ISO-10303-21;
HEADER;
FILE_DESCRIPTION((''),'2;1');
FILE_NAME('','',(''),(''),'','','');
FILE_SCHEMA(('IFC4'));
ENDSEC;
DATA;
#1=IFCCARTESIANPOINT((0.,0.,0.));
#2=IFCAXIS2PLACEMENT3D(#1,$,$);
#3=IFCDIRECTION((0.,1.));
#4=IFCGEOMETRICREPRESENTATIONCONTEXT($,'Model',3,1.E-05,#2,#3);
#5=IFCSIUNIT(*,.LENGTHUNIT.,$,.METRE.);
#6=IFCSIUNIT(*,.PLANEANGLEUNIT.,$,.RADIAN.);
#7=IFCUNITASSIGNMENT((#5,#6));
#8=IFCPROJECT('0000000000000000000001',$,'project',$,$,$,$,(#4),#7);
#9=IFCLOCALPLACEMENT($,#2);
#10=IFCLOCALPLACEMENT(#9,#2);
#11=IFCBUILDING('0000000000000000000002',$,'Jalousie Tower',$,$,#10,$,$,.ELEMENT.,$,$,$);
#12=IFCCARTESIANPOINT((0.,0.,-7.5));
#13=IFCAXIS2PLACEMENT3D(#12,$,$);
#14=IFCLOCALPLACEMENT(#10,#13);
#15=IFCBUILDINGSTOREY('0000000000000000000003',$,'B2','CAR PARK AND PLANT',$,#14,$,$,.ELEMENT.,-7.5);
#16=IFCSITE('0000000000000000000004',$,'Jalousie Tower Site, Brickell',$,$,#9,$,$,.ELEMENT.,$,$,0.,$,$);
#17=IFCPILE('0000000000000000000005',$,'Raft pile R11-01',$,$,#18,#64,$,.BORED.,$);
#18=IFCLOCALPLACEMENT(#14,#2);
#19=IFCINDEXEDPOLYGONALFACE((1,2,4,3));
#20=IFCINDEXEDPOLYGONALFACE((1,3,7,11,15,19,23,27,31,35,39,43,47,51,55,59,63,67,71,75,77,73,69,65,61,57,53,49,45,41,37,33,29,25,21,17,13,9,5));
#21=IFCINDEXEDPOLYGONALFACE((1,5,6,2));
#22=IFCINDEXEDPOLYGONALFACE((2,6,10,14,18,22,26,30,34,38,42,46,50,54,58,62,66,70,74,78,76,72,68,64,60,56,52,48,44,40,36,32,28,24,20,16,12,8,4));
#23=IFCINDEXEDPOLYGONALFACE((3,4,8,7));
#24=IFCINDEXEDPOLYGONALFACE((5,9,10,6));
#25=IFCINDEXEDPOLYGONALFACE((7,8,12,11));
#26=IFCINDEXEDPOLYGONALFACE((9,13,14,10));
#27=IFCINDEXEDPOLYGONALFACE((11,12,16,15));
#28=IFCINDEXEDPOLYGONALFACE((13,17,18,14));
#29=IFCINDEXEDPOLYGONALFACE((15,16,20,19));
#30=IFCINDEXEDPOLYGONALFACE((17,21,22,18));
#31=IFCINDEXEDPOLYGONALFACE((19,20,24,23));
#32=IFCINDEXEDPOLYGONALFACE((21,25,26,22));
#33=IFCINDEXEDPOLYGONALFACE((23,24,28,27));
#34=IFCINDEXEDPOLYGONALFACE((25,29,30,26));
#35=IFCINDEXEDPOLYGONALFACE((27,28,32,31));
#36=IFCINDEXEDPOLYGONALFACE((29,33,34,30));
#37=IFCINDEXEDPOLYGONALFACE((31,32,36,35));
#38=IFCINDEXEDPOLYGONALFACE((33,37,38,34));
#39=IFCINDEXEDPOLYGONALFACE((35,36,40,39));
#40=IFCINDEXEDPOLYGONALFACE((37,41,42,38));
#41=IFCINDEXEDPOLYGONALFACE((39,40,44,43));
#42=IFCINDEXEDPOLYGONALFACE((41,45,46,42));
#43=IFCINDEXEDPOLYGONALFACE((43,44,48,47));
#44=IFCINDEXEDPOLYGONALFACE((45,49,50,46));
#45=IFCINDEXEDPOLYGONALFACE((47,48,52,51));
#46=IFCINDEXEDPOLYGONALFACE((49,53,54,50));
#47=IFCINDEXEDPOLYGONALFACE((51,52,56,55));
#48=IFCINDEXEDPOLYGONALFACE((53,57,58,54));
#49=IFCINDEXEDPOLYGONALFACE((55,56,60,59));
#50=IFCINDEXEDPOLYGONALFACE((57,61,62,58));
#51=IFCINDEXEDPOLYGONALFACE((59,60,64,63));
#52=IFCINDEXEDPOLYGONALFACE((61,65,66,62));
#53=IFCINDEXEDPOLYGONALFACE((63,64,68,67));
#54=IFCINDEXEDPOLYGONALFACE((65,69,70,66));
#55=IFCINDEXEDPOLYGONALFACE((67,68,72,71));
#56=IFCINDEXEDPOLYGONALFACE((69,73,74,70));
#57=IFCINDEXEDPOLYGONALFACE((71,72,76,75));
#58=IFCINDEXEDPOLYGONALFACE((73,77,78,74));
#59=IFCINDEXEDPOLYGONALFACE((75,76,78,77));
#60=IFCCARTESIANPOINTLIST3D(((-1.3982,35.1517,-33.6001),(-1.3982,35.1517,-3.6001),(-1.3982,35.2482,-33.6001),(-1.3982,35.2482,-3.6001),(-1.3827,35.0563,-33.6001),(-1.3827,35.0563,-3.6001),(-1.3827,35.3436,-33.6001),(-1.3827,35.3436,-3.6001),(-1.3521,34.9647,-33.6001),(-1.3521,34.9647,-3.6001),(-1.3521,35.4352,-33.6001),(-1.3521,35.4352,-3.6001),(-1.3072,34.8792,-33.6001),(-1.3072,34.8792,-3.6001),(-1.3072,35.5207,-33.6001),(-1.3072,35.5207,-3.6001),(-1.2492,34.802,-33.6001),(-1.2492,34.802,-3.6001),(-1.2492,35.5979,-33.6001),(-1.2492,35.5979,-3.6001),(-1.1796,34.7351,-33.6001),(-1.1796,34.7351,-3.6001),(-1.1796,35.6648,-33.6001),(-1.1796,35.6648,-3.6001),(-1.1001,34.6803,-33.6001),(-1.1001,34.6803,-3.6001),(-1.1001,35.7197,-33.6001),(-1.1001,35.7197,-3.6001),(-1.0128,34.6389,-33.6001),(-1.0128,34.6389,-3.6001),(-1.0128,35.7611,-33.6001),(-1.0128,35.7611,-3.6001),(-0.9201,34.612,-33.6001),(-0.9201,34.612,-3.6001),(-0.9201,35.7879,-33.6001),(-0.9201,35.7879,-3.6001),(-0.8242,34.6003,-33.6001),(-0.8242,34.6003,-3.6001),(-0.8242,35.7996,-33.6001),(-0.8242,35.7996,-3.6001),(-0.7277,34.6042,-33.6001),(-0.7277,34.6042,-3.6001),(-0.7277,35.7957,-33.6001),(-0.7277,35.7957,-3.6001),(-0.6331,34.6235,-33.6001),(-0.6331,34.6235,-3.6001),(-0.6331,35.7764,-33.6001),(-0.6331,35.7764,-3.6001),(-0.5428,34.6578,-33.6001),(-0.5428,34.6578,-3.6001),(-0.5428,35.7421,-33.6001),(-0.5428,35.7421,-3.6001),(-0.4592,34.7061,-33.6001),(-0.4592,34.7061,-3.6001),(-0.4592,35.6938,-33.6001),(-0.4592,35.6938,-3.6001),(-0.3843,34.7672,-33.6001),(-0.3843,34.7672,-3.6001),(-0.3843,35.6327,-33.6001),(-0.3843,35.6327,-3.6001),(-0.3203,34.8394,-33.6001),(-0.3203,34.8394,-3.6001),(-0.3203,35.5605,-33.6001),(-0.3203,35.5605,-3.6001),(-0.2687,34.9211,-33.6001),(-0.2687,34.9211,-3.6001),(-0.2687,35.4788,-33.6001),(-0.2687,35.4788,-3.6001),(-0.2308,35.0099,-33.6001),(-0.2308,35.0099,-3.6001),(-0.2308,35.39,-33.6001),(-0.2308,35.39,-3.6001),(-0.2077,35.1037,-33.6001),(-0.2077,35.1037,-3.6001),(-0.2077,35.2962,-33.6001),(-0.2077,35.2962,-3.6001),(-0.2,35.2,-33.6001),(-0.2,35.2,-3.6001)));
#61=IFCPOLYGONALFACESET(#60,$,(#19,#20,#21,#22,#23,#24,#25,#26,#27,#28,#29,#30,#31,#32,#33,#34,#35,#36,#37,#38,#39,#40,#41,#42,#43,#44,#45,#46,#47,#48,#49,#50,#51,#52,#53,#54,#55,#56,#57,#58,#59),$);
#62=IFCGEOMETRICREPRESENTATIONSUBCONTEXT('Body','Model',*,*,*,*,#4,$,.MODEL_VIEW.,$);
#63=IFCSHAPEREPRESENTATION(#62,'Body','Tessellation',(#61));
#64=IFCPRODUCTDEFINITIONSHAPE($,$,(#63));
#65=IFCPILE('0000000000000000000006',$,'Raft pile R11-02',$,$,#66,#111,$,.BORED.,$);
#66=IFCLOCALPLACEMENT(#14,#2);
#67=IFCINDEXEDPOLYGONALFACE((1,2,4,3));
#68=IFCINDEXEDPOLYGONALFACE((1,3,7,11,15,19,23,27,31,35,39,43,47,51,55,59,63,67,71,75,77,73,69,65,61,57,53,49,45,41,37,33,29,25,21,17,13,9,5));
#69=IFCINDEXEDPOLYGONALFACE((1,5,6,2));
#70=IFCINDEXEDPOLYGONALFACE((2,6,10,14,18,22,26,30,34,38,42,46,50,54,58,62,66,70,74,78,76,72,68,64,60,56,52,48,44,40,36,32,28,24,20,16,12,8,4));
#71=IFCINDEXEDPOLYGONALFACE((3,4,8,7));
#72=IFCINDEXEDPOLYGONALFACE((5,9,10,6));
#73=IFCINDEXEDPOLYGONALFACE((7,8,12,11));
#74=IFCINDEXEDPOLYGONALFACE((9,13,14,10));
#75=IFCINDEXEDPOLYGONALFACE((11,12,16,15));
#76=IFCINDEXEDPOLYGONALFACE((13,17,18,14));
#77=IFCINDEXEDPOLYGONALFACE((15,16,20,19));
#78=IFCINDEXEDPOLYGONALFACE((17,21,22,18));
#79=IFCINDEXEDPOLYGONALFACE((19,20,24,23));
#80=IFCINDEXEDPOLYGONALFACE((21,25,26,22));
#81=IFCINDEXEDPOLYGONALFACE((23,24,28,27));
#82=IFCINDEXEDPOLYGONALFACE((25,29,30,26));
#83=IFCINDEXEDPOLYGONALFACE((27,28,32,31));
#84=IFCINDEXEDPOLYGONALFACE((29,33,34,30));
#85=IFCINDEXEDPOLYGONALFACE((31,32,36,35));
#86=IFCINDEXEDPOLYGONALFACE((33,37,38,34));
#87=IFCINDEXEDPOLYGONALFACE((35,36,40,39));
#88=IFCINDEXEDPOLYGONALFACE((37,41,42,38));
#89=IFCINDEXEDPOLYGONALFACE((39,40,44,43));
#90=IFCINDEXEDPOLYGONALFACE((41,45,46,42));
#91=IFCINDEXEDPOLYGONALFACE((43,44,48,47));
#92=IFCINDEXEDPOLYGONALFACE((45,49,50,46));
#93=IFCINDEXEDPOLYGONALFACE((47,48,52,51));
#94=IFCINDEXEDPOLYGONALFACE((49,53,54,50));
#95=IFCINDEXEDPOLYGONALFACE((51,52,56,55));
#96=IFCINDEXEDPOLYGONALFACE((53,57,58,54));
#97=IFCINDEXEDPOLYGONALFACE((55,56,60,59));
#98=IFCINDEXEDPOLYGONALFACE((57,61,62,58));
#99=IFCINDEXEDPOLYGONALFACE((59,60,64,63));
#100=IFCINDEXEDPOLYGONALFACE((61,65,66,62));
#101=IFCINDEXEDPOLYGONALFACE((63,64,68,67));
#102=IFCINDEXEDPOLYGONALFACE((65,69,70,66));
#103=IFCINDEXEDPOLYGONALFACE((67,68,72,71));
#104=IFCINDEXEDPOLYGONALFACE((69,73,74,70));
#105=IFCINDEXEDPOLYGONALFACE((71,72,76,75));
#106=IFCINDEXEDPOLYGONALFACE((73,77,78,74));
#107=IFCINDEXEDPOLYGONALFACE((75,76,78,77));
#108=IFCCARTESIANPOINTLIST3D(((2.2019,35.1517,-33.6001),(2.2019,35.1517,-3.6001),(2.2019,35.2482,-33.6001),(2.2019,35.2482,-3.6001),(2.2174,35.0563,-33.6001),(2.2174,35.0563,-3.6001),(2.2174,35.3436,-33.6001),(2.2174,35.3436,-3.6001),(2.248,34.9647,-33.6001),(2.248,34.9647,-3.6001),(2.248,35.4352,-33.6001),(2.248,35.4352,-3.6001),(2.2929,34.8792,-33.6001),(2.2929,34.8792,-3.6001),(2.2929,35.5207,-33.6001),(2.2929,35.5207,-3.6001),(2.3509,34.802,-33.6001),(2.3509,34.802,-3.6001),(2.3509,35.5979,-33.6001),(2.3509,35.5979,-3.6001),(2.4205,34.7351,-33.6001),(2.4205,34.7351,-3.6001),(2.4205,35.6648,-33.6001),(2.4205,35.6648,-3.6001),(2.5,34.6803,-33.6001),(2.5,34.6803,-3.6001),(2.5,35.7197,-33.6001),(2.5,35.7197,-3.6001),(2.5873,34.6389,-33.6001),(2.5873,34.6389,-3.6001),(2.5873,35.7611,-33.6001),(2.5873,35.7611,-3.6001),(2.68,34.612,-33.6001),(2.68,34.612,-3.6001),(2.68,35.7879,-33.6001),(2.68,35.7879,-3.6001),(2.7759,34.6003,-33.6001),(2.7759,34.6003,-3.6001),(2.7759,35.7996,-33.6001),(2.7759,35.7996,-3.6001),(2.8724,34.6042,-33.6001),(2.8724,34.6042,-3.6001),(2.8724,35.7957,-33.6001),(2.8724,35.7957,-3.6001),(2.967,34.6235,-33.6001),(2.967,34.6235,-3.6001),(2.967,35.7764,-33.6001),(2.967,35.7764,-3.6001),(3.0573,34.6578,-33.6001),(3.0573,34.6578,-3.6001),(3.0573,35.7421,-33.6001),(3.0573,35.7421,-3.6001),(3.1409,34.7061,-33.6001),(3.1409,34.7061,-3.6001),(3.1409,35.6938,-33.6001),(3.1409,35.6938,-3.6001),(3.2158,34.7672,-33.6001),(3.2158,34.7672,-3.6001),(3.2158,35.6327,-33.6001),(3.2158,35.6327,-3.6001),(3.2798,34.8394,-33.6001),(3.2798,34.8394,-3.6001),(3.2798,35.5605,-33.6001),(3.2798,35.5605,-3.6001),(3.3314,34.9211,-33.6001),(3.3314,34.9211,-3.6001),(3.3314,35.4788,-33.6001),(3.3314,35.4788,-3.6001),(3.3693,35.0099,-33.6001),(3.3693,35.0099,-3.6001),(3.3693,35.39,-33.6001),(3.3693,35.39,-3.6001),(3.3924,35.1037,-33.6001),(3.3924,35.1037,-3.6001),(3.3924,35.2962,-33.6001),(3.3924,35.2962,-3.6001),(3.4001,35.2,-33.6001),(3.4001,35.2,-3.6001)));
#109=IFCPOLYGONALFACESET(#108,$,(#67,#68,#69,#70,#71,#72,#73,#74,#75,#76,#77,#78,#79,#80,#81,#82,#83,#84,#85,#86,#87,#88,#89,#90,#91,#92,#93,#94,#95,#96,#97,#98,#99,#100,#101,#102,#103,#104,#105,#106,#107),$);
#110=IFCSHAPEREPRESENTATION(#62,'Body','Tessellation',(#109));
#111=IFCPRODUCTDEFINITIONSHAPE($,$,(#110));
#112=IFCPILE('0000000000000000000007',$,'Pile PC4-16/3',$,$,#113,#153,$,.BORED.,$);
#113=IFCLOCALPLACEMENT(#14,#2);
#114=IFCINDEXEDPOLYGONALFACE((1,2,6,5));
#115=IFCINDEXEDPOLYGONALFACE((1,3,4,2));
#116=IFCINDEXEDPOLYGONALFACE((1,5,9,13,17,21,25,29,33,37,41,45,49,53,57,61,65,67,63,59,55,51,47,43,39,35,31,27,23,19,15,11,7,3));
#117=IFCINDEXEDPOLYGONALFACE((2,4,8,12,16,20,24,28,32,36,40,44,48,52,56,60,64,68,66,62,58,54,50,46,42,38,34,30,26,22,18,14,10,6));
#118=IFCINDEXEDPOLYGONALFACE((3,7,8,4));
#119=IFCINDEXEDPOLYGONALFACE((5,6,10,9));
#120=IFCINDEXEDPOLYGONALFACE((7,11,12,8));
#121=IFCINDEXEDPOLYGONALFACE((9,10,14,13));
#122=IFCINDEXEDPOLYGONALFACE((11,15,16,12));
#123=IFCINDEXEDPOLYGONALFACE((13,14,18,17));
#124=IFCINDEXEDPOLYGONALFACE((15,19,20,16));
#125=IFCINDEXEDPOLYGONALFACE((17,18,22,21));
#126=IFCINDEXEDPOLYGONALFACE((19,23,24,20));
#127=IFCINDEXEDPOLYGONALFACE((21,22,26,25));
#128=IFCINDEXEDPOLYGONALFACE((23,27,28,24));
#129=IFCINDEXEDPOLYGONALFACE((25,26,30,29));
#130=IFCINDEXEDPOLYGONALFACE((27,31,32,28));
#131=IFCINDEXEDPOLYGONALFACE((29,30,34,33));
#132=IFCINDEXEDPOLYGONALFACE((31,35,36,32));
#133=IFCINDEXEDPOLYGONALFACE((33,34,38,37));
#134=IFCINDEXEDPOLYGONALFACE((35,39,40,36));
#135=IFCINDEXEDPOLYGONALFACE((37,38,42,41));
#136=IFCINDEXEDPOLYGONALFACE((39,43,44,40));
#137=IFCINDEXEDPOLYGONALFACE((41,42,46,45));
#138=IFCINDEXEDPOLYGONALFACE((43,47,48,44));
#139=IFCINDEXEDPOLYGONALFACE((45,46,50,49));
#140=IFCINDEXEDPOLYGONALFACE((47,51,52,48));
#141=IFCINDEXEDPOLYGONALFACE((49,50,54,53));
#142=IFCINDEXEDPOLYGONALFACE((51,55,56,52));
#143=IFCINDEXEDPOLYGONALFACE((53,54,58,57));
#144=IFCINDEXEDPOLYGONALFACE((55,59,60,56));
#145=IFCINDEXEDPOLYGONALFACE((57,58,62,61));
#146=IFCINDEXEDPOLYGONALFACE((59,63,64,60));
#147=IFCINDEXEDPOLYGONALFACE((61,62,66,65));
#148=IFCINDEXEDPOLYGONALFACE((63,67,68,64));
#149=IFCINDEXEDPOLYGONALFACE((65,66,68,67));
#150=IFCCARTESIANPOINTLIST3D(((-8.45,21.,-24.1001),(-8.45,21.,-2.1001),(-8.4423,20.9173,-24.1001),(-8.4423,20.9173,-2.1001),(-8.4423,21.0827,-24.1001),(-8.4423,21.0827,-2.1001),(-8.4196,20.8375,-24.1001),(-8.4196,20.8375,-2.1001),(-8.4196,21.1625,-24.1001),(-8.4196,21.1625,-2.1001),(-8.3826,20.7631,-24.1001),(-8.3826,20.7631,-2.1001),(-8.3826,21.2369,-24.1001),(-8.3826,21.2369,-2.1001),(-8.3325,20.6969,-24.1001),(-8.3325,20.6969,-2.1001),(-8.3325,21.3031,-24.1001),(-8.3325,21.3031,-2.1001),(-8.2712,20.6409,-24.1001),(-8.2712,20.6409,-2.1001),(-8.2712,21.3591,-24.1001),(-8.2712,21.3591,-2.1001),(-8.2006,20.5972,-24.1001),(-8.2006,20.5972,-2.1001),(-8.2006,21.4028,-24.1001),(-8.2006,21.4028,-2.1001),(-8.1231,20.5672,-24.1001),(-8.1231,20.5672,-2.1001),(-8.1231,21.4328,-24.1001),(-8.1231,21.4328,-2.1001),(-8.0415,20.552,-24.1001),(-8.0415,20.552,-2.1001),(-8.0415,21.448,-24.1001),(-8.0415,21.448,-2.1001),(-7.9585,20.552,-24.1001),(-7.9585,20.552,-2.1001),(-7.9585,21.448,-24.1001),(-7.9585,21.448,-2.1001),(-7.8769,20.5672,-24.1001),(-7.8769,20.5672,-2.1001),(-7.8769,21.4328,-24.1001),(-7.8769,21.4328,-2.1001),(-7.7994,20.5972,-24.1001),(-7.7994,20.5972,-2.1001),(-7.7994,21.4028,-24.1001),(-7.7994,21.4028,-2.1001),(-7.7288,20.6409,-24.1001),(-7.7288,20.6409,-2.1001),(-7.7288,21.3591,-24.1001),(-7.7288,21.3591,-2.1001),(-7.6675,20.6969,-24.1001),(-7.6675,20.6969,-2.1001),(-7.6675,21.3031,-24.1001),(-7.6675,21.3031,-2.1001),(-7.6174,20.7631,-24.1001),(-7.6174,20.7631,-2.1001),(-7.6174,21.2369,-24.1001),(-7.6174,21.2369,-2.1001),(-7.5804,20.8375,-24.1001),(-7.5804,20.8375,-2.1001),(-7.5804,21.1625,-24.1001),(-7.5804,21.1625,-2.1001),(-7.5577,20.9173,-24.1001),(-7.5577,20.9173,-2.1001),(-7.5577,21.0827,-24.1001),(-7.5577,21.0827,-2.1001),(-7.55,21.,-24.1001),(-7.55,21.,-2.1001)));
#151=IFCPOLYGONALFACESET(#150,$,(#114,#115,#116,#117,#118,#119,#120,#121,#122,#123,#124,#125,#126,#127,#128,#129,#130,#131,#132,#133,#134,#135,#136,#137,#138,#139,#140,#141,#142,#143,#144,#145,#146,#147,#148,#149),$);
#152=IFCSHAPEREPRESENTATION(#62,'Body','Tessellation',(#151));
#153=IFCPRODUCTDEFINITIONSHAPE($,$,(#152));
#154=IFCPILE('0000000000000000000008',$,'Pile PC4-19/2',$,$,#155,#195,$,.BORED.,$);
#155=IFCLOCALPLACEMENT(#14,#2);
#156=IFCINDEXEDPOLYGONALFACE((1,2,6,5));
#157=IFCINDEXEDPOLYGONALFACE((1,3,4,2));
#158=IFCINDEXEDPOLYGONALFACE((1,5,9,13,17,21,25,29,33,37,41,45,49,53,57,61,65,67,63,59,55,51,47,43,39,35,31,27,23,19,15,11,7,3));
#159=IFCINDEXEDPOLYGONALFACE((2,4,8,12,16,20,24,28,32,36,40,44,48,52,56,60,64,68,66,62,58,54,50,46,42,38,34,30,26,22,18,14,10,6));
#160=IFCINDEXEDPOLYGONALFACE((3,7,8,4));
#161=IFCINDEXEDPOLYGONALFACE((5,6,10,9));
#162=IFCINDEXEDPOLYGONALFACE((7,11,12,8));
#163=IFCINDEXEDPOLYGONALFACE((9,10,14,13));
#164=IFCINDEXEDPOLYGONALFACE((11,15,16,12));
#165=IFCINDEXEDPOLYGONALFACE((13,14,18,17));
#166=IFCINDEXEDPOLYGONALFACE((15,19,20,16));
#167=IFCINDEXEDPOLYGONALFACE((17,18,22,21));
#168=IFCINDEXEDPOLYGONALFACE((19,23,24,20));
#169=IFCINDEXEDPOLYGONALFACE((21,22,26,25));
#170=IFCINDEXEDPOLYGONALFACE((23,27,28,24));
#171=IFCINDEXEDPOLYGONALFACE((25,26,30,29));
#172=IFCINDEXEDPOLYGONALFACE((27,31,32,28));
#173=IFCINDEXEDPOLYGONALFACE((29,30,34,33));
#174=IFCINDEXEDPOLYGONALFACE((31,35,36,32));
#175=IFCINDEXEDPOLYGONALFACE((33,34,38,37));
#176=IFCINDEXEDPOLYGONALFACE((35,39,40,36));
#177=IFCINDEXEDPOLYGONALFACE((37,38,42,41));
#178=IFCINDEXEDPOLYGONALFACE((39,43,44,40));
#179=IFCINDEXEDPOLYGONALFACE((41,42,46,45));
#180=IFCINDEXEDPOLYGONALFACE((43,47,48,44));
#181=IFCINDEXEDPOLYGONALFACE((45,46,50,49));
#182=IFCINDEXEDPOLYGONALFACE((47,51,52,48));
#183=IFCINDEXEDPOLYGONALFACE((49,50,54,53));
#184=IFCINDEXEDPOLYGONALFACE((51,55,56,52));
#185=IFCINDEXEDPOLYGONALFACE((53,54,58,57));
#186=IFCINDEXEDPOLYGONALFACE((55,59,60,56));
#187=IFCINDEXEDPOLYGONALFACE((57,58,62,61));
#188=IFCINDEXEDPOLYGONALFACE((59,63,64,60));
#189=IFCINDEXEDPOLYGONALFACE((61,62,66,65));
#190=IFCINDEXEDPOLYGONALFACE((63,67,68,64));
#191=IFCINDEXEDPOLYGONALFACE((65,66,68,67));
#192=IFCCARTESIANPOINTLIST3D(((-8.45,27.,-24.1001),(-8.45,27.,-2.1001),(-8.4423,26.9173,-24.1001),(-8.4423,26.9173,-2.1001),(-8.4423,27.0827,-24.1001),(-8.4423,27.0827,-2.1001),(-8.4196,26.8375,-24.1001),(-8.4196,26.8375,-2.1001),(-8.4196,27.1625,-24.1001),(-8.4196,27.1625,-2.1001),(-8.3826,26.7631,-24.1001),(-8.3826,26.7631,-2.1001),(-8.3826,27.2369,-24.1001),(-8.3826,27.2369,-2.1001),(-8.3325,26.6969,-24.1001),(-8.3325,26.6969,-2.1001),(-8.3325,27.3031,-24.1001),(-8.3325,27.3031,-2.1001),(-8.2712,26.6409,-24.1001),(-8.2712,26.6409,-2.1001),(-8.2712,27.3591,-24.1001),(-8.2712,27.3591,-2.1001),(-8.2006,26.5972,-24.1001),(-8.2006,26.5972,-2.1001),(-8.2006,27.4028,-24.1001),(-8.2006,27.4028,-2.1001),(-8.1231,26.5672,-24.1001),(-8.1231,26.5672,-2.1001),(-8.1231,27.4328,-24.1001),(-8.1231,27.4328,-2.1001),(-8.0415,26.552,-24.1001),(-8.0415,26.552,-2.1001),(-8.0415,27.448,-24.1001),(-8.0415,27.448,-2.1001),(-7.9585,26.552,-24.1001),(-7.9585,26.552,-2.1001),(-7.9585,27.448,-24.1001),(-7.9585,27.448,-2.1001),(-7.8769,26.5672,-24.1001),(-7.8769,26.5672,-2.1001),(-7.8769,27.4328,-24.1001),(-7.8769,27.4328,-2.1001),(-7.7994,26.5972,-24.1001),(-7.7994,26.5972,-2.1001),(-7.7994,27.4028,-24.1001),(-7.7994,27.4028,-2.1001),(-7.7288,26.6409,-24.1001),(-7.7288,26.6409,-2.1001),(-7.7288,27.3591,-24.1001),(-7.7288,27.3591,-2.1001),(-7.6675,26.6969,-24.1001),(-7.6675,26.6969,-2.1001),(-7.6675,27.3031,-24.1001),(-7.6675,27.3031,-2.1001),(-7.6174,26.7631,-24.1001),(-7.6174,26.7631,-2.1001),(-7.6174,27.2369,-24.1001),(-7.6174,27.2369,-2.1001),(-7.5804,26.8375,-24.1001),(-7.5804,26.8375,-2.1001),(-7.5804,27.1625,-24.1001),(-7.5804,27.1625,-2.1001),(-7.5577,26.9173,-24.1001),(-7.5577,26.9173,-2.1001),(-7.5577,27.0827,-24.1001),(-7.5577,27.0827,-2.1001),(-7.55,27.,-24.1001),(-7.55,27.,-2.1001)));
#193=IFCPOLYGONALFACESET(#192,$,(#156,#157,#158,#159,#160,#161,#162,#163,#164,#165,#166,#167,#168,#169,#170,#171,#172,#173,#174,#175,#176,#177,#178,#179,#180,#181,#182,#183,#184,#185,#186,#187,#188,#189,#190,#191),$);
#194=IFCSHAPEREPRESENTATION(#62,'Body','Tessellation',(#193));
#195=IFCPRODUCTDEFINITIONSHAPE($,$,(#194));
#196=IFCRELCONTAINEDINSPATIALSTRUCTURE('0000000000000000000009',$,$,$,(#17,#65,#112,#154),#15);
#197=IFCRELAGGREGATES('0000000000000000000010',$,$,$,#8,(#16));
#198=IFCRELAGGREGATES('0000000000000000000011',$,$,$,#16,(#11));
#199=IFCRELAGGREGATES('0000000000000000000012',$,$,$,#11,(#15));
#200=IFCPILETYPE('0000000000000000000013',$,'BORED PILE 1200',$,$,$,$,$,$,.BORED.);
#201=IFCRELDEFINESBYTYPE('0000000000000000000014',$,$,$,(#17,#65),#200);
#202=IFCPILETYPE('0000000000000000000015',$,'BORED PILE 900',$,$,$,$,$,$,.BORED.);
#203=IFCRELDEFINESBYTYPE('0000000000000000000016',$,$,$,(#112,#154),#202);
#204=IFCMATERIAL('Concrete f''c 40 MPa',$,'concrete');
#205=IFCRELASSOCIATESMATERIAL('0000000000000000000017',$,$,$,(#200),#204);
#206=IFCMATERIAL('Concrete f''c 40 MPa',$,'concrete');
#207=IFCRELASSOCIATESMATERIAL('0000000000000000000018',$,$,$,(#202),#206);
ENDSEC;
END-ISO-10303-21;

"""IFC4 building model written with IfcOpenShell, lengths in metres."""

from ifc_helpers import new_model, si_unit, direction, frame, origin, origin_2d, place, context, subcontext, project, spatial, circle, extrude, material, material_profile, profile_set, type_object, element, save


model = new_model("IFC4")

# Units and contexts
model_context = context("Model", 3, precision=1e-05, world=origin(), true_north=direction((0.0, 1.0)))
body_context = subcontext(model_context, "Body", "Model", "MODEL_VIEW")
ifc_project = project(units=[si_unit("LENGTHUNIT", "METRE"), si_unit("PLANEANGLEUNIT", "RADIAN")], contexts=[model_context])

# Site, building, storey
site_placement = place(None, origin())
site = spatial("IfcSite", under=ifc_project, at=site_placement, Name="Jalousie Tower Site, Brickell", CompositionType="ELEMENT", RefElevation=0.0)
building_placement = place(site_placement, origin())
building = spatial("IfcBuilding", under=site, at=building_placement, Name="Jalousie Tower", CompositionType="ELEMENT")
storey_placement = place(building_placement, frame((0.0, 0.0, -7.5)))
storey = spatial("IfcBuildingStorey", under=building, at=storey_placement, Name="B2", Description="CAR PARK AND PLANT", CompositionType="ELEMENT", Elevation=-7.5)

# Piles
ifc_material_1 = material(Name="Concrete f'c 40 MPa", Category="concrete")
ifc_material_profile_1 = material_profile(ifc_material_1, circle(Radius=0.6001, at=origin_2d()), Name="BORED PILE D1200")
ifc_profile_set_1 = profile_set([ifc_material_profile_1], Name="Concrete f'c 40 MPa")
pile_type_1 = type_object("IfcPileType", Name="BORED PILE 1200", PredefinedType="BORED", material=ifc_profile_set_1)
for number, where, z_axis, x_axis, name in (
    (1, (-0.8, 35.2, -3.6001), (0.0, 0.0, -1.0), (1.0, 0.0, 0.0), "Raft pile R11-01"),
    (2, (2.8, 35.2, -3.6001), (0.0, 0.0, -1.0), (1.0, 0.0, 0.0), "Raft pile R11-02"),
):
    element("IfcPile", number, at=place(storey_placement, frame(where, z_axis=z_axis, x_axis=x_axis)), inside=storey, type_object=pile_type_1, Name=name, PredefinedType="BORED", context=body_context, shape_type="SweptSolid", body=[
        extrude(circle(Radius=0.6001, at=origin_2d()), origin(), (0.0, 0.0, 1.0), 30.0),
    ])
ifc_material_2 = material(Name="Concrete f'c 40 MPa", Category="concrete")
ifc_material_profile_2 = material_profile(ifc_material_2, circle(Radius=0.45, at=origin_2d()), Name="BORED PILE D900")
ifc_profile_set_2 = profile_set([ifc_material_profile_2], Name="Concrete f'c 40 MPa")
pile_type_2 = type_object("IfcPileType", Name="BORED PILE 900", PredefinedType="BORED", material=ifc_profile_set_2)
for number, where, z_axis, x_axis, name in (
    (3, (-8.0, 21.0, -2.1001), (0.0, 0.0, -1.0), (1.0, 0.0, 0.0), "Pile PC4-16/3"),
    (4, (-8.0, 27.0, -2.1001), (0.0, 0.0, -1.0), (1.0, 0.0, 0.0), "Pile PC4-19/2"),
):
    element("IfcPile", number, at=place(storey_placement, frame(where, z_axis=z_axis, x_axis=x_axis)), inside=storey, type_object=pile_type_2, Name=name, PredefinedType="BORED", context=body_context, shape_type="SweptSolid", body=[
        extrude(circle(Radius=0.45, at=origin_2d()), origin(), (0.0, 0.0, 1.0), 22.0),
    ])

save(model, "model.ifc")
